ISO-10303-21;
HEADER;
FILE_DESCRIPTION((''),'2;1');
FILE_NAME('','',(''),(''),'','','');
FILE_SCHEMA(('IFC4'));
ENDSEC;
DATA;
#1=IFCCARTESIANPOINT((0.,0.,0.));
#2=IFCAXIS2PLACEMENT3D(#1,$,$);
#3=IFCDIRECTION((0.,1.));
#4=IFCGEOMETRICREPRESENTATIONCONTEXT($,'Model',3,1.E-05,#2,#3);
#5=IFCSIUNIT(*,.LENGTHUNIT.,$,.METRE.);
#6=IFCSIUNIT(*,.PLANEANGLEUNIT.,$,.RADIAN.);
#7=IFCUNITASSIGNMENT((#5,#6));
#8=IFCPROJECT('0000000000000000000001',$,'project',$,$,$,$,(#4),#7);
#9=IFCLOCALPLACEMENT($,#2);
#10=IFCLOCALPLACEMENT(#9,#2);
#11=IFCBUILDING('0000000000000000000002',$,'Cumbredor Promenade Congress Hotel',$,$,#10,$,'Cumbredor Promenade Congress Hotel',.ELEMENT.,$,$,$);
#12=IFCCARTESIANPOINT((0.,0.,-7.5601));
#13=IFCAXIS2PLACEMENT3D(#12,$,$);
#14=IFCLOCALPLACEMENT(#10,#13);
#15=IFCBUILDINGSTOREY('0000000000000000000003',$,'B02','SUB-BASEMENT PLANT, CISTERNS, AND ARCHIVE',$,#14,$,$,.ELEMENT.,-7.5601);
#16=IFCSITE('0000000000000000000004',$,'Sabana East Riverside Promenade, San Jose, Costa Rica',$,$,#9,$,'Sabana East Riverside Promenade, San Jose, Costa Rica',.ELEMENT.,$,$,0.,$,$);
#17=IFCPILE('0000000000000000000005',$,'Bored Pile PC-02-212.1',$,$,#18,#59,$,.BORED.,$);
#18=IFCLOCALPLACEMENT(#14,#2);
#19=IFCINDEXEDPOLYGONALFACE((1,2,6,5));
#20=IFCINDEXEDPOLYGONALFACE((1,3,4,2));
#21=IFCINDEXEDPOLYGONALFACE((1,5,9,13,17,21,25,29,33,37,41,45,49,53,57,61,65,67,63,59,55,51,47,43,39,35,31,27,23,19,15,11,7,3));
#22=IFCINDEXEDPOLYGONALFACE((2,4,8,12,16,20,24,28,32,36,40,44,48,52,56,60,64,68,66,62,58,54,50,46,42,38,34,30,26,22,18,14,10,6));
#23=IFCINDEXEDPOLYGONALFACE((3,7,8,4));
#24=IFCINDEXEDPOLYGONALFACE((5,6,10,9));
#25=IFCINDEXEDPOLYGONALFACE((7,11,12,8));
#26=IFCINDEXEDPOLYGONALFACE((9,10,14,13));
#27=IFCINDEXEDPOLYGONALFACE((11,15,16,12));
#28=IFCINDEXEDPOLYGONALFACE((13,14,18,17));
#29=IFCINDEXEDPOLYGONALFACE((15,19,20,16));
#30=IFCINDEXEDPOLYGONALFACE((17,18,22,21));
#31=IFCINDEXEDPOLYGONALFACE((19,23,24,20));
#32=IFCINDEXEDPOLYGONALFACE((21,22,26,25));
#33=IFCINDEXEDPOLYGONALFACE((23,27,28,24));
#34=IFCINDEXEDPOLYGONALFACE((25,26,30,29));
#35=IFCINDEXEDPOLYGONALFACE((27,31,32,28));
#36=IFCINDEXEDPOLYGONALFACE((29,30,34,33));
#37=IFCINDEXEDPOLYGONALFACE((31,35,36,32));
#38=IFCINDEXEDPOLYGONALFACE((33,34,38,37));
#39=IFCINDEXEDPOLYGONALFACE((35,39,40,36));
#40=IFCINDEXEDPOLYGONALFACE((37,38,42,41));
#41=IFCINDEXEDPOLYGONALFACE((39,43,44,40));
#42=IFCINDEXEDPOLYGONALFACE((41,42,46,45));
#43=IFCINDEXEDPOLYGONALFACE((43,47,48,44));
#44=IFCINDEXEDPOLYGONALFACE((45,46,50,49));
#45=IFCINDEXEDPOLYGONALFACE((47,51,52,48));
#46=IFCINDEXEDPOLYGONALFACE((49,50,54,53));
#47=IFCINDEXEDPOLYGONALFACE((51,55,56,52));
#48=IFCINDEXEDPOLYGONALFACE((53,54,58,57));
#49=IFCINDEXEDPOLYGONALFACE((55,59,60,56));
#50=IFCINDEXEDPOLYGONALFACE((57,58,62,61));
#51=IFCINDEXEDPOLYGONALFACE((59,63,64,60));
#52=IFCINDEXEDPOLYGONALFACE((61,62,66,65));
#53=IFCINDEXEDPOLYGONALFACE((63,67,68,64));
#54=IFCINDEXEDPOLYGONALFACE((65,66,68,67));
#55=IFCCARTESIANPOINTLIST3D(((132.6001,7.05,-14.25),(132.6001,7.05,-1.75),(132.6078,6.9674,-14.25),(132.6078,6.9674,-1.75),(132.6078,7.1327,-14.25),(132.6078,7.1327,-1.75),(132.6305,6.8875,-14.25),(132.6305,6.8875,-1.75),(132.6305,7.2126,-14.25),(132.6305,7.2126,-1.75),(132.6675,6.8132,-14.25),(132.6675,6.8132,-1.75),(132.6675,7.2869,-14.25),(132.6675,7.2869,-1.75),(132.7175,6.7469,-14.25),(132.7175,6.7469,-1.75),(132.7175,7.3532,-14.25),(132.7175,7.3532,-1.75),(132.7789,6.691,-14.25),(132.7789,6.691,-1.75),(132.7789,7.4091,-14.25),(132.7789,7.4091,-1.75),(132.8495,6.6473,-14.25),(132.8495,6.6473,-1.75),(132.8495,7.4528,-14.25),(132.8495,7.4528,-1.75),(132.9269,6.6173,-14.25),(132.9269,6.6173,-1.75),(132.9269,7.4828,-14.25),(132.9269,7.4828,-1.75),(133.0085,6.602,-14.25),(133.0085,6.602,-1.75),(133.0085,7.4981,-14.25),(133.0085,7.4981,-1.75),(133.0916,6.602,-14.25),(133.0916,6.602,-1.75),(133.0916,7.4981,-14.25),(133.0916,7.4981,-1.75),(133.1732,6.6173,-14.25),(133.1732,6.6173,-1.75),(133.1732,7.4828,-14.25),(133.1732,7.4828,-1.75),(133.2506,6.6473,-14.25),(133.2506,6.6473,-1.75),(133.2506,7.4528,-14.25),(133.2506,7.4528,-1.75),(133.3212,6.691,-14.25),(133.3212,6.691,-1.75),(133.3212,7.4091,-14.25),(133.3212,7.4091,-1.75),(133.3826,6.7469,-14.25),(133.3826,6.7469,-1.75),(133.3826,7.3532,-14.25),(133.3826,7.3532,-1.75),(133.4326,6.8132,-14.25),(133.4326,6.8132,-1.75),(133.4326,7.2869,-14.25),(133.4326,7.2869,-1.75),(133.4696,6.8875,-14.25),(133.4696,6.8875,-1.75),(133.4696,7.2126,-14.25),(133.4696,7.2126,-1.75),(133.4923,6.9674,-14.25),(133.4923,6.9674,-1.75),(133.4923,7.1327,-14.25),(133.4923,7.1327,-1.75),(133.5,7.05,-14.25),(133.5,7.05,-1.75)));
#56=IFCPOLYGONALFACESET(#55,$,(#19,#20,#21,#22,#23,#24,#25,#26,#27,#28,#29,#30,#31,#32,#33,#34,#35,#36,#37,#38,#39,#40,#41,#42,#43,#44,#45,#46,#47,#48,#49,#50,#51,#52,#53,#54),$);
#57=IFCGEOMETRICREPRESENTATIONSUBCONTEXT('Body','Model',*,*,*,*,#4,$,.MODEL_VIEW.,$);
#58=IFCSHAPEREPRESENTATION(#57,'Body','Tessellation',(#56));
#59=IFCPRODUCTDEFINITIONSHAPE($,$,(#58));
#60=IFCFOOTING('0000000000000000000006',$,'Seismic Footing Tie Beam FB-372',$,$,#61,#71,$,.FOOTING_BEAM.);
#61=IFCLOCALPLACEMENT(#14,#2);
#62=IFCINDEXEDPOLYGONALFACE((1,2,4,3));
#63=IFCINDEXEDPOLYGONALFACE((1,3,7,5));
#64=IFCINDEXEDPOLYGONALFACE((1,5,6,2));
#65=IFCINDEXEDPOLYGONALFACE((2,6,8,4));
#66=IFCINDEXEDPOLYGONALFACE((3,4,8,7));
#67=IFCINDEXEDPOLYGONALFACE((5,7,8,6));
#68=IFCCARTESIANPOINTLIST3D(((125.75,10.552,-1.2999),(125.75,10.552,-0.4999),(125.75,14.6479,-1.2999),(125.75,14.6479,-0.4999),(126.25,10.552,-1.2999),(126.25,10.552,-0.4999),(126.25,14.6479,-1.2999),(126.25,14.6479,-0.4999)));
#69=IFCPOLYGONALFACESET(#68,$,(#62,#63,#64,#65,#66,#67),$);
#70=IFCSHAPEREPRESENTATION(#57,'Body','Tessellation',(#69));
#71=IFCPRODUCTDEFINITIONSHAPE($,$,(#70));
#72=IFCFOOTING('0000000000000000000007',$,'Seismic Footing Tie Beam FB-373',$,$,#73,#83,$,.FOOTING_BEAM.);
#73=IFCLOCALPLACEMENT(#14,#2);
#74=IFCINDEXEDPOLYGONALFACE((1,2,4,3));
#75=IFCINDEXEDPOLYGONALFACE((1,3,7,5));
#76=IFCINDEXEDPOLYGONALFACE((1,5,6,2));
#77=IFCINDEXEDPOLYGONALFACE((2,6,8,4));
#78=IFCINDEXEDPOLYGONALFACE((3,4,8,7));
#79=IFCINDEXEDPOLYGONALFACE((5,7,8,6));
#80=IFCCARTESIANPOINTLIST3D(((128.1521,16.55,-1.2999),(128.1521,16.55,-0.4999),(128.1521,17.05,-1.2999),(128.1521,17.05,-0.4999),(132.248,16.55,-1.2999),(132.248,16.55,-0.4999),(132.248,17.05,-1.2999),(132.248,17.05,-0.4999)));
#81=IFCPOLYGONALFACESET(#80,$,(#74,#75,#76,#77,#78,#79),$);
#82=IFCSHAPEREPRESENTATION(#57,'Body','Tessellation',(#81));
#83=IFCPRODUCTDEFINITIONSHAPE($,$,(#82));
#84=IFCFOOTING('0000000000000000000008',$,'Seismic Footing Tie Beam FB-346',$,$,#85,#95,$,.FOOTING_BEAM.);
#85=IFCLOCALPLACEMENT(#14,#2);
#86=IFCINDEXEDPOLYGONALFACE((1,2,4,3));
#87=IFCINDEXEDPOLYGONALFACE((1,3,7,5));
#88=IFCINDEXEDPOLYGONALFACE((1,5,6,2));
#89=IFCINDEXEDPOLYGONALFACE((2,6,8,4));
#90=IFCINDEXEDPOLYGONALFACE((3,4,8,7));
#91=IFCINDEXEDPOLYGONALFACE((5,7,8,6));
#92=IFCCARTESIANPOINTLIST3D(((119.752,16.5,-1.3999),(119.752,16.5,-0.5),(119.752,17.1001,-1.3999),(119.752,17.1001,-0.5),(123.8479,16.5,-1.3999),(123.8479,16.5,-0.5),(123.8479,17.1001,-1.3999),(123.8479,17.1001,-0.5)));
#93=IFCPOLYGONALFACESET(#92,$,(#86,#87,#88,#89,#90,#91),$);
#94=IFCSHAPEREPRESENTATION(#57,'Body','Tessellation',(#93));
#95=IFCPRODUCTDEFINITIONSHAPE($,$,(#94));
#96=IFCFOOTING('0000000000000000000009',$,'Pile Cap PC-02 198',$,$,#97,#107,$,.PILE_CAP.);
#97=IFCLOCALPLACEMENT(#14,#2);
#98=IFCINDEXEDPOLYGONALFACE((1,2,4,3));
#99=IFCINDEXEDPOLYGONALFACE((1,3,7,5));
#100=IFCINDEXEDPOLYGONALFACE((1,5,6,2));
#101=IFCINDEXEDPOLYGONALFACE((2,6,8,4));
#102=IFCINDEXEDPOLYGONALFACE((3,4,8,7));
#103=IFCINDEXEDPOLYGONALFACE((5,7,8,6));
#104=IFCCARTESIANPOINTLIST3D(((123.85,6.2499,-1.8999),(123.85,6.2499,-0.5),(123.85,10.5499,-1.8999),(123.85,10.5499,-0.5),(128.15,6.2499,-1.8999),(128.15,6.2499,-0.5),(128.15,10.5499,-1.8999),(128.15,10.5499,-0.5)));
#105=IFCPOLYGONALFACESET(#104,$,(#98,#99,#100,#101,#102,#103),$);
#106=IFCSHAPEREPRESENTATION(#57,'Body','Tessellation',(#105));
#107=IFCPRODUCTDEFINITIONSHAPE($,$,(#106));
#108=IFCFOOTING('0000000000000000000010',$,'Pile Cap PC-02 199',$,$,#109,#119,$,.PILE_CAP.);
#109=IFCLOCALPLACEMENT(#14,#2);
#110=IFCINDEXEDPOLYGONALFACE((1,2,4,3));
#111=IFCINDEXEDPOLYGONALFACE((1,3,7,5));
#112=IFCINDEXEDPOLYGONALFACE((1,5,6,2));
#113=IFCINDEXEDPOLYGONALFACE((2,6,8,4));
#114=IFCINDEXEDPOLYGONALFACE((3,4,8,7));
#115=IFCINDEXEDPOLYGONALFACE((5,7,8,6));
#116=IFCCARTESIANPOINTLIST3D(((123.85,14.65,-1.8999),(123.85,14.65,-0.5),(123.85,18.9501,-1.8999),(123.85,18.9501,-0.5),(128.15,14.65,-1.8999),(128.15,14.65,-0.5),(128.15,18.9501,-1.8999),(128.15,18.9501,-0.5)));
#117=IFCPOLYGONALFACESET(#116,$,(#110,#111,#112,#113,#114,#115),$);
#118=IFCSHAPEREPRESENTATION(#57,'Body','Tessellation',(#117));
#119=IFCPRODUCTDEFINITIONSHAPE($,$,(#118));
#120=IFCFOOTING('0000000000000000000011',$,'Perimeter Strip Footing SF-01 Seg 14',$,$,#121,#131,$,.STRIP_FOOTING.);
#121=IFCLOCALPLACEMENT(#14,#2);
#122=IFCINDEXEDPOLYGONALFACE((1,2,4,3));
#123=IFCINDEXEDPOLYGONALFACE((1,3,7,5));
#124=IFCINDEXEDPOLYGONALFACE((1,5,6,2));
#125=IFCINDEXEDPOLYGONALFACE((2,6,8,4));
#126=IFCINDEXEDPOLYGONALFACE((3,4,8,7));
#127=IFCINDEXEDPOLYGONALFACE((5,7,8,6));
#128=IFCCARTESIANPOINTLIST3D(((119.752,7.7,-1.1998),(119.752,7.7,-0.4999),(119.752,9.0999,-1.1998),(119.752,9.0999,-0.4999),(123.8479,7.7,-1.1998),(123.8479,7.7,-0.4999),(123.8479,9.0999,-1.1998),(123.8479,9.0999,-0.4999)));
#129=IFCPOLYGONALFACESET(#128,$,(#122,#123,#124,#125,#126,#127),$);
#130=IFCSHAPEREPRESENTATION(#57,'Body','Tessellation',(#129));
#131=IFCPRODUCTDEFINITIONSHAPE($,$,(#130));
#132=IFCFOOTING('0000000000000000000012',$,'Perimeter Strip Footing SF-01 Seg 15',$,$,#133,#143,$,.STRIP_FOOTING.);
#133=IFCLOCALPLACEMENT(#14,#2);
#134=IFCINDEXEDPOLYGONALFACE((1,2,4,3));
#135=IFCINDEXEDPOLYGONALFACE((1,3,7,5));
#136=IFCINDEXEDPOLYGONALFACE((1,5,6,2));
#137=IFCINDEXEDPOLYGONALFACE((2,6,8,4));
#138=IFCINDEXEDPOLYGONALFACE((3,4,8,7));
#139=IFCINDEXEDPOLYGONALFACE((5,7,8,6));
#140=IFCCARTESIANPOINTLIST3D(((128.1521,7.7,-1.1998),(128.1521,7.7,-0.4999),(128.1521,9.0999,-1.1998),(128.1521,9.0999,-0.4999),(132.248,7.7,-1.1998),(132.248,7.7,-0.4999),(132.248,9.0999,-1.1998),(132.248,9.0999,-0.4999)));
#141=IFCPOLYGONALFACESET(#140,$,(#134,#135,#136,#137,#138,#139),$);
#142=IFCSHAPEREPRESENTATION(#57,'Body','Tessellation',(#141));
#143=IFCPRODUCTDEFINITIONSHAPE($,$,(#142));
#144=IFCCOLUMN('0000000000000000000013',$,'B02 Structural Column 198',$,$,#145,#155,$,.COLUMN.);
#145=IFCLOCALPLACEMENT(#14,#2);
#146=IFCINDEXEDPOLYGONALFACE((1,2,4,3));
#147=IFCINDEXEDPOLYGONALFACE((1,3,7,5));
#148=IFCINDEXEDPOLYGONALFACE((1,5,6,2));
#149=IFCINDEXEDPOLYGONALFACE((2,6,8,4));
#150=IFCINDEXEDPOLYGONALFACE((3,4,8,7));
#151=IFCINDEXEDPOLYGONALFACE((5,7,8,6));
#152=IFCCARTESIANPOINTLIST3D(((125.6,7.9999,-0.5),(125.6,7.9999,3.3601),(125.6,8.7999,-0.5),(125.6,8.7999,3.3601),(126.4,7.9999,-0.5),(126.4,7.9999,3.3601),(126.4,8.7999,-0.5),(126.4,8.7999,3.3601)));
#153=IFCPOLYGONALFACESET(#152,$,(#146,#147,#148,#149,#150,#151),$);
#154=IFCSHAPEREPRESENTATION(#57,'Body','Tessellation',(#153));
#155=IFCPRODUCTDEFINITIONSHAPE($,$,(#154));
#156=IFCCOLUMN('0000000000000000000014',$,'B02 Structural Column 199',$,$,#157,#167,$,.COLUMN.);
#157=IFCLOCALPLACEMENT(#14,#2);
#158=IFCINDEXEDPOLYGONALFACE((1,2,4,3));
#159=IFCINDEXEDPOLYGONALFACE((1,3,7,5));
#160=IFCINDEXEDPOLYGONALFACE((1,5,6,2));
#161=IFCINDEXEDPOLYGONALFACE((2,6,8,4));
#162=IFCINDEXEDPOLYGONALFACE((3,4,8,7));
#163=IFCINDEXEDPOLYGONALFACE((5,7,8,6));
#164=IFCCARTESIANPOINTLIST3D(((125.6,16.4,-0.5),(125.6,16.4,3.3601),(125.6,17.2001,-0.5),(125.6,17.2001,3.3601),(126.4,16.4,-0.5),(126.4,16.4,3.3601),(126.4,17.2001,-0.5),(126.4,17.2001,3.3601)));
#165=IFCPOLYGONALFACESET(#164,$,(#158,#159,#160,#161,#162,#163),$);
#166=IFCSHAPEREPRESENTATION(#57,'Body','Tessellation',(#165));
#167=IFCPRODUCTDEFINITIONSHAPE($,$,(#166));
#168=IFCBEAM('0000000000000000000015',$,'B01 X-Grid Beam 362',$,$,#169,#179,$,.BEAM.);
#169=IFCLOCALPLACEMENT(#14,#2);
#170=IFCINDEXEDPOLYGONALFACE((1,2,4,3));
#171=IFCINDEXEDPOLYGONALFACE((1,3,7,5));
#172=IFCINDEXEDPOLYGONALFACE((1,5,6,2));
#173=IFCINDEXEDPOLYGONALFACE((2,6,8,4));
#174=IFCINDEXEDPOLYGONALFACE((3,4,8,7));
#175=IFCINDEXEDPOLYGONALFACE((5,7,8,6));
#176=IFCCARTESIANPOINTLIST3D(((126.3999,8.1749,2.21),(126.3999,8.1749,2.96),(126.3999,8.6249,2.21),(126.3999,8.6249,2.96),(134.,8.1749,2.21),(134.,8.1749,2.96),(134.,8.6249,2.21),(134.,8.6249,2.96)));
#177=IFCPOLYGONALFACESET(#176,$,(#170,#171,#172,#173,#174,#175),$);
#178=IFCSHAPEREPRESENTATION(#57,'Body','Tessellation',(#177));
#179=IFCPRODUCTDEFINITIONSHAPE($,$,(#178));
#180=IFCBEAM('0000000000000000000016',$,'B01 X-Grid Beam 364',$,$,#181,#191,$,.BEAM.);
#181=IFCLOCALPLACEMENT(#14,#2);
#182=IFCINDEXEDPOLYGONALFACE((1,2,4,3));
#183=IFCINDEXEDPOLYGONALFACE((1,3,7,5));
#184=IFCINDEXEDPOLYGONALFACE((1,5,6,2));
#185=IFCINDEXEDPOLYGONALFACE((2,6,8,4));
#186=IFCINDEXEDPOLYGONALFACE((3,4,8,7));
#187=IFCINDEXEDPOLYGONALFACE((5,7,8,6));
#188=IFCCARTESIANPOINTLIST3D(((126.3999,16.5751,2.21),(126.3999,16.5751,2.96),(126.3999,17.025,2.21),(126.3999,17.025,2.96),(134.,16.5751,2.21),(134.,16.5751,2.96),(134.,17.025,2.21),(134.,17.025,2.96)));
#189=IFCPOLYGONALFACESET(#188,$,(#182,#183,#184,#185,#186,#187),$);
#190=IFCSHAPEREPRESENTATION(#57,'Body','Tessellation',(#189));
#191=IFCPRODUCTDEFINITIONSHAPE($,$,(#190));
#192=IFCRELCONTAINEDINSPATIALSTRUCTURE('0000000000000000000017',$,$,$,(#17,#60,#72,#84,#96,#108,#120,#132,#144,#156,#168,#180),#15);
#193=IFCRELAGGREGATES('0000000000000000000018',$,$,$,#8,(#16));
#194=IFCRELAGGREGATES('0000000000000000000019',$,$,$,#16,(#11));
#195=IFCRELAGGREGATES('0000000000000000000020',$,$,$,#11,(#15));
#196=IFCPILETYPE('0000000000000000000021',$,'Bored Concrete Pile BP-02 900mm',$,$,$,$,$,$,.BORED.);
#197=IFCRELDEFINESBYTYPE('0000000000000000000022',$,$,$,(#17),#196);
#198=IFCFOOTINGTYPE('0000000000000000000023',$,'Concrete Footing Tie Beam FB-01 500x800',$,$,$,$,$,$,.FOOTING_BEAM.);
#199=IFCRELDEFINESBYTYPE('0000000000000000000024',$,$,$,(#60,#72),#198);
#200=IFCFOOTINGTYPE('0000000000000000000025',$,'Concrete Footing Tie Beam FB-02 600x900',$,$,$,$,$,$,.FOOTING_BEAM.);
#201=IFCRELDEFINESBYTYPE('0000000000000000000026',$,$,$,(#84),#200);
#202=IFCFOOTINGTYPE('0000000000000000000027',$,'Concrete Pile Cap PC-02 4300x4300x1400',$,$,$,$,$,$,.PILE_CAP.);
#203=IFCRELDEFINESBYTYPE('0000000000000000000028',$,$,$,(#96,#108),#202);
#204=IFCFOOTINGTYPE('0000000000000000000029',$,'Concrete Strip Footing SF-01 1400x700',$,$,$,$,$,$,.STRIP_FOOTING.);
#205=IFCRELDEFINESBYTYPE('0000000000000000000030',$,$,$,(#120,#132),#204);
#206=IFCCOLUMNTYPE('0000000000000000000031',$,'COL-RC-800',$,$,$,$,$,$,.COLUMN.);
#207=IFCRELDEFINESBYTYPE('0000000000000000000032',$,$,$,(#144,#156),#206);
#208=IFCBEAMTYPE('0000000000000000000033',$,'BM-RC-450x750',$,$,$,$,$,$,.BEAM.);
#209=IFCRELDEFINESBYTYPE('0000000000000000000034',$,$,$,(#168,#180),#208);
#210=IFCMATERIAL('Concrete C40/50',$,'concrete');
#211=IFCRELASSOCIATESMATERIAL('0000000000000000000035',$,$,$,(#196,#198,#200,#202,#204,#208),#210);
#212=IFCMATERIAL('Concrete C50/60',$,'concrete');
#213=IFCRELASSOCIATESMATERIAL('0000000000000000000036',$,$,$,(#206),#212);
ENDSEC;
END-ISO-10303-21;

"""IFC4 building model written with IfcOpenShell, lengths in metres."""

from ifc_helpers import new_model, si_unit, direction, frame, origin, origin_2d, place, context, subcontext, project, spatial, rectangle, circle, extrude, material, material_profile, profile_set, type_object, element, save


model = new_model("IFC4")

# Units and contexts
model_context = context("Model", 3, precision=1e-05, world=origin(), true_north=direction((0.0, 1.0)))
body_context = subcontext(model_context, "Body", "Model", "MODEL_VIEW")
ifc_project = project(units=[si_unit("LENGTHUNIT", "METRE"), si_unit("PLANEANGLEUNIT", "RADIAN")], contexts=[model_context])

# Site, building, storey
site_placement = place(None, origin())
site = spatial("IfcSite", under=ifc_project, at=site_placement, Name="Sabana East Riverside Promenade, San Jose, Costa Rica", LongName="Sabana East Riverside Promenade, San Jose, Costa Rica", CompositionType="ELEMENT", RefElevation=0.0)
building_placement = place(site_placement, origin())
building = spatial("IfcBuilding", under=site, at=building_placement, Name="Cumbredor Promenade Congress Hotel", LongName="Cumbredor Promenade Congress Hotel", CompositionType="ELEMENT")
storey_placement = place(building_placement, frame((0.0, 0.0, -7.5601)))
storey = spatial("IfcBuildingStorey", under=building, at=storey_placement, Name="B02", Description="SUB-BASEMENT PLANT, CISTERNS, AND ARCHIVE", CompositionType="ELEMENT", Elevation=-7.5601)

# Pile
ifc_material_1 = material(Name="Concrete C40/50", Category="concrete")
ifc_material_profile_1 = material_profile(ifc_material_1, circle(Radius=0.45, at=origin_2d()), Name="PILE D900")
ifc_profile_set_1 = profile_set([ifc_material_profile_1], Name="Concrete C40/50")
pile_type = type_object("IfcPileType", Name="Bored Concrete Pile BP-02 900mm", PredefinedType="BORED", material=ifc_profile_set_1)
for number, where, z_axis, x_axis, name in (
    (1, (133.05, 7.05, -1.75), (0.0, 0.0, -1.0), (1.0, 0.0, 0.0), "Bored Pile PC-02-212.1"),
):
    element("IfcPile", number, at=place(storey_placement, frame(where, z_axis=z_axis, x_axis=x_axis)), inside=storey, type_object=pile_type, Name=name, PredefinedType="BORED", context=body_context, shape_type="SweptSolid", body=[
        extrude(circle(Radius=0.45, at=origin_2d()), origin(), (0.0, 0.0, 1.0), 12.5),
    ])

# Footings
ifc_material_profile_2 = material_profile(ifc_material_1, rectangle(XDim=0.5, YDim=0.8, at=origin_2d()), Name="FB 500x800")
ifc_profile_set_2 = profile_set([ifc_material_profile_2], Name="Concrete C40/50")
footing_type_1 = type_object("IfcFootingType", Name="Concrete Footing Tie Beam FB-01 500x800", PredefinedType="FOOTING_BEAM", material=ifc_profile_set_2)
for number, where, z_axis, x_axis, name in (
    (2, (126.0, 10.552, -0.8999), (0.0, 1.0, 0.0), (-1.0, 0.0, 0.0), "Seismic Footing Tie Beam FB-372"),
    (3, (128.1521, 16.8, -0.8999), (1.0, 0.0, 0.0), (0.0, 1.0, 0.0), "Seismic Footing Tie Beam FB-373"),
):
    element("IfcFooting", number, at=place(storey_placement, frame(where, z_axis=z_axis, x_axis=x_axis)), inside=storey, type_object=footing_type_1, Name=name, PredefinedType="FOOTING_BEAM", context=body_context, shape_type="SweptSolid", body=[
        extrude(rectangle(XDim=0.5, YDim=0.8, at=origin_2d()), origin(), (0.0, 0.0, 1.0), 4.0959),
    ])
ifc_material_profile_3 = material_profile(ifc_material_1, rectangle(XDim=0.6001, YDim=0.8999, at=origin_2d()), Name="FB 600x900")
ifc_profile_set_3 = profile_set([ifc_material_profile_3], Name="Concrete C40/50")
footing_type_2 = type_object("IfcFootingType", Name="Concrete Footing Tie Beam FB-02 600x900", PredefinedType="FOOTING_BEAM", material=ifc_profile_set_3)
footing_placement = place(storey_placement, frame((119.752, 16.8, -0.95), z_axis=(1.0, 0.0, 0.0), x_axis=(0.0, 1.0, 0.0)))
element("IfcFooting", 4, at=footing_placement, inside=storey, type_object=footing_type_2, Name="Seismic Footing Tie Beam FB-346", PredefinedType="FOOTING_BEAM", context=body_context, shape_type="SweptSolid", body=[
    extrude(rectangle(XDim=0.6001, YDim=0.8999, at=origin_2d()), origin(), (0.0, 0.0, 1.0), 4.0959),
])
footing_type_3 = type_object("IfcFootingType", Name="Concrete Pile Cap PC-02 4300x4300x1400", PredefinedType="PILE_CAP", material=ifc_material_1)
for number, where, z_axis, x_axis, name in (
    (5, (126.0, 8.3999, -1.8999), (0.0, 0.0, 1.0), (1.0, 0.0, 0.0), "Pile Cap PC-02 198"),
    (6, (126.0, 16.8, -1.8999), (0.0, 0.0, 1.0), (1.0, 0.0, 0.0), "Pile Cap PC-02 199"),
):
    element("IfcFooting", number, at=place(storey_placement, frame(where, z_axis=z_axis, x_axis=x_axis)), inside=storey, type_object=footing_type_3, Name=name, PredefinedType="PILE_CAP", context=body_context, shape_type="SweptSolid", body=[
        extrude(rectangle(XDim=4.3, YDim=4.3, at=origin_2d()), origin(), (0.0, 0.0, 1.0), 1.3999),
    ])
ifc_material_profile_4 = material_profile(ifc_material_1, rectangle(XDim=1.3999, YDim=0.7, at=origin_2d()), Name="SF 1400x700")
ifc_profile_set_4 = profile_set([ifc_material_profile_4], Name="Concrete C40/50")
footing_type_4 = type_object("IfcFootingType", Name="Concrete Strip Footing SF-01 1400x700", PredefinedType="STRIP_FOOTING", material=ifc_profile_set_4)
for number, where, z_axis, x_axis, name in (
    (7, (119.752, 8.3999, -0.8499), (1.0, 0.0, 0.0), (0.0, 1.0, 0.0), "Perimeter Strip Footing SF-01 Seg 14"),
    (8, (128.1521, 8.3999, -0.8499), (1.0, 0.0, 0.0), (0.0, 1.0, 0.0), "Perimeter Strip Footing SF-01 Seg 15"),
):
    element("IfcFooting", number, at=place(storey_placement, frame(where, z_axis=z_axis, x_axis=x_axis)), inside=storey, type_object=footing_type_4, Name=name, PredefinedType="STRIP_FOOTING", context=body_context, shape_type="SweptSolid", body=[
        extrude(rectangle(XDim=1.3999, YDim=0.7, at=origin_2d()), origin(), (0.0, 0.0, 1.0), 4.0959),
    ])

# Columns
ifc_material_2 = material(Name="Concrete C50/60", Category="concrete")
ifc_material_profile_5 = material_profile(ifc_material_2, rectangle(XDim=0.8, YDim=0.8, at=origin_2d()), Name="RC 800x800")
ifc_profile_set_5 = profile_set([ifc_material_profile_5], Name="Concrete C50/60")
column_type = type_object("IfcColumnType", Name="COL-RC-800", PredefinedType="COLUMN", material=ifc_profile_set_5)
for number, where, z_axis, x_axis, name in (
    (9, (126.0, 8.3999, -0.5), (0.0, 0.0, 1.0), (1.0, 0.0, 0.0), "B02 Structural Column 198"),
    (10, (126.0, 16.8, -0.5), (0.0, 0.0, 1.0), (1.0, 0.0, 0.0), "B02 Structural Column 199"),
):
    element("IfcColumn", number, at=place(storey_placement, frame(where, z_axis=z_axis, x_axis=x_axis)), inside=storey, type_object=column_type, Name=name, PredefinedType="COLUMN", context=body_context, shape_type="SweptSolid", body=[
        extrude(rectangle(XDim=0.8, YDim=0.8, at=origin_2d()), origin(), (0.0, 0.0, 1.0), 3.8601),
    ])

# Beams
ifc_material_profile_6 = material_profile(ifc_material_1, rectangle(XDim=0.45, YDim=0.75, at=origin_2d()), Name="RC BEAM 450x750")
ifc_profile_set_6 = profile_set([ifc_material_profile_6], Name="Concrete C40/50")
beam_type_1 = type_object("IfcBeamType", Name="BM-RC-450x750", PredefinedType="BEAM", material=ifc_profile_set_6)
for number, where, z_axis, x_axis, name in (
    (11, (126.3999, 8.3999, 2.585), (1.0, 0.0, 0.0), (0.0, 1.0, 0.0), "B01 X-Grid Beam 362"),
    (12, (126.3999, 16.8, 2.585), (1.0, 0.0, 0.0), (0.0, 1.0, 0.0), "B01 X-Grid Beam 364"),
):
    element("IfcBeam", number, at=place(storey_placement, frame(where, z_axis=z_axis, x_axis=x_axis)), inside=storey, type_object=beam_type_1, Name=name, PredefinedType="BEAM", context=body_context, shape_type="SweptSolid", body=[
        extrude(rectangle(XDim=0.45, YDim=0.75, at=origin_2d()), origin(), (0.0, 0.0, 1.0), 7.6001),
    ])

save(model, "model.ifc")
